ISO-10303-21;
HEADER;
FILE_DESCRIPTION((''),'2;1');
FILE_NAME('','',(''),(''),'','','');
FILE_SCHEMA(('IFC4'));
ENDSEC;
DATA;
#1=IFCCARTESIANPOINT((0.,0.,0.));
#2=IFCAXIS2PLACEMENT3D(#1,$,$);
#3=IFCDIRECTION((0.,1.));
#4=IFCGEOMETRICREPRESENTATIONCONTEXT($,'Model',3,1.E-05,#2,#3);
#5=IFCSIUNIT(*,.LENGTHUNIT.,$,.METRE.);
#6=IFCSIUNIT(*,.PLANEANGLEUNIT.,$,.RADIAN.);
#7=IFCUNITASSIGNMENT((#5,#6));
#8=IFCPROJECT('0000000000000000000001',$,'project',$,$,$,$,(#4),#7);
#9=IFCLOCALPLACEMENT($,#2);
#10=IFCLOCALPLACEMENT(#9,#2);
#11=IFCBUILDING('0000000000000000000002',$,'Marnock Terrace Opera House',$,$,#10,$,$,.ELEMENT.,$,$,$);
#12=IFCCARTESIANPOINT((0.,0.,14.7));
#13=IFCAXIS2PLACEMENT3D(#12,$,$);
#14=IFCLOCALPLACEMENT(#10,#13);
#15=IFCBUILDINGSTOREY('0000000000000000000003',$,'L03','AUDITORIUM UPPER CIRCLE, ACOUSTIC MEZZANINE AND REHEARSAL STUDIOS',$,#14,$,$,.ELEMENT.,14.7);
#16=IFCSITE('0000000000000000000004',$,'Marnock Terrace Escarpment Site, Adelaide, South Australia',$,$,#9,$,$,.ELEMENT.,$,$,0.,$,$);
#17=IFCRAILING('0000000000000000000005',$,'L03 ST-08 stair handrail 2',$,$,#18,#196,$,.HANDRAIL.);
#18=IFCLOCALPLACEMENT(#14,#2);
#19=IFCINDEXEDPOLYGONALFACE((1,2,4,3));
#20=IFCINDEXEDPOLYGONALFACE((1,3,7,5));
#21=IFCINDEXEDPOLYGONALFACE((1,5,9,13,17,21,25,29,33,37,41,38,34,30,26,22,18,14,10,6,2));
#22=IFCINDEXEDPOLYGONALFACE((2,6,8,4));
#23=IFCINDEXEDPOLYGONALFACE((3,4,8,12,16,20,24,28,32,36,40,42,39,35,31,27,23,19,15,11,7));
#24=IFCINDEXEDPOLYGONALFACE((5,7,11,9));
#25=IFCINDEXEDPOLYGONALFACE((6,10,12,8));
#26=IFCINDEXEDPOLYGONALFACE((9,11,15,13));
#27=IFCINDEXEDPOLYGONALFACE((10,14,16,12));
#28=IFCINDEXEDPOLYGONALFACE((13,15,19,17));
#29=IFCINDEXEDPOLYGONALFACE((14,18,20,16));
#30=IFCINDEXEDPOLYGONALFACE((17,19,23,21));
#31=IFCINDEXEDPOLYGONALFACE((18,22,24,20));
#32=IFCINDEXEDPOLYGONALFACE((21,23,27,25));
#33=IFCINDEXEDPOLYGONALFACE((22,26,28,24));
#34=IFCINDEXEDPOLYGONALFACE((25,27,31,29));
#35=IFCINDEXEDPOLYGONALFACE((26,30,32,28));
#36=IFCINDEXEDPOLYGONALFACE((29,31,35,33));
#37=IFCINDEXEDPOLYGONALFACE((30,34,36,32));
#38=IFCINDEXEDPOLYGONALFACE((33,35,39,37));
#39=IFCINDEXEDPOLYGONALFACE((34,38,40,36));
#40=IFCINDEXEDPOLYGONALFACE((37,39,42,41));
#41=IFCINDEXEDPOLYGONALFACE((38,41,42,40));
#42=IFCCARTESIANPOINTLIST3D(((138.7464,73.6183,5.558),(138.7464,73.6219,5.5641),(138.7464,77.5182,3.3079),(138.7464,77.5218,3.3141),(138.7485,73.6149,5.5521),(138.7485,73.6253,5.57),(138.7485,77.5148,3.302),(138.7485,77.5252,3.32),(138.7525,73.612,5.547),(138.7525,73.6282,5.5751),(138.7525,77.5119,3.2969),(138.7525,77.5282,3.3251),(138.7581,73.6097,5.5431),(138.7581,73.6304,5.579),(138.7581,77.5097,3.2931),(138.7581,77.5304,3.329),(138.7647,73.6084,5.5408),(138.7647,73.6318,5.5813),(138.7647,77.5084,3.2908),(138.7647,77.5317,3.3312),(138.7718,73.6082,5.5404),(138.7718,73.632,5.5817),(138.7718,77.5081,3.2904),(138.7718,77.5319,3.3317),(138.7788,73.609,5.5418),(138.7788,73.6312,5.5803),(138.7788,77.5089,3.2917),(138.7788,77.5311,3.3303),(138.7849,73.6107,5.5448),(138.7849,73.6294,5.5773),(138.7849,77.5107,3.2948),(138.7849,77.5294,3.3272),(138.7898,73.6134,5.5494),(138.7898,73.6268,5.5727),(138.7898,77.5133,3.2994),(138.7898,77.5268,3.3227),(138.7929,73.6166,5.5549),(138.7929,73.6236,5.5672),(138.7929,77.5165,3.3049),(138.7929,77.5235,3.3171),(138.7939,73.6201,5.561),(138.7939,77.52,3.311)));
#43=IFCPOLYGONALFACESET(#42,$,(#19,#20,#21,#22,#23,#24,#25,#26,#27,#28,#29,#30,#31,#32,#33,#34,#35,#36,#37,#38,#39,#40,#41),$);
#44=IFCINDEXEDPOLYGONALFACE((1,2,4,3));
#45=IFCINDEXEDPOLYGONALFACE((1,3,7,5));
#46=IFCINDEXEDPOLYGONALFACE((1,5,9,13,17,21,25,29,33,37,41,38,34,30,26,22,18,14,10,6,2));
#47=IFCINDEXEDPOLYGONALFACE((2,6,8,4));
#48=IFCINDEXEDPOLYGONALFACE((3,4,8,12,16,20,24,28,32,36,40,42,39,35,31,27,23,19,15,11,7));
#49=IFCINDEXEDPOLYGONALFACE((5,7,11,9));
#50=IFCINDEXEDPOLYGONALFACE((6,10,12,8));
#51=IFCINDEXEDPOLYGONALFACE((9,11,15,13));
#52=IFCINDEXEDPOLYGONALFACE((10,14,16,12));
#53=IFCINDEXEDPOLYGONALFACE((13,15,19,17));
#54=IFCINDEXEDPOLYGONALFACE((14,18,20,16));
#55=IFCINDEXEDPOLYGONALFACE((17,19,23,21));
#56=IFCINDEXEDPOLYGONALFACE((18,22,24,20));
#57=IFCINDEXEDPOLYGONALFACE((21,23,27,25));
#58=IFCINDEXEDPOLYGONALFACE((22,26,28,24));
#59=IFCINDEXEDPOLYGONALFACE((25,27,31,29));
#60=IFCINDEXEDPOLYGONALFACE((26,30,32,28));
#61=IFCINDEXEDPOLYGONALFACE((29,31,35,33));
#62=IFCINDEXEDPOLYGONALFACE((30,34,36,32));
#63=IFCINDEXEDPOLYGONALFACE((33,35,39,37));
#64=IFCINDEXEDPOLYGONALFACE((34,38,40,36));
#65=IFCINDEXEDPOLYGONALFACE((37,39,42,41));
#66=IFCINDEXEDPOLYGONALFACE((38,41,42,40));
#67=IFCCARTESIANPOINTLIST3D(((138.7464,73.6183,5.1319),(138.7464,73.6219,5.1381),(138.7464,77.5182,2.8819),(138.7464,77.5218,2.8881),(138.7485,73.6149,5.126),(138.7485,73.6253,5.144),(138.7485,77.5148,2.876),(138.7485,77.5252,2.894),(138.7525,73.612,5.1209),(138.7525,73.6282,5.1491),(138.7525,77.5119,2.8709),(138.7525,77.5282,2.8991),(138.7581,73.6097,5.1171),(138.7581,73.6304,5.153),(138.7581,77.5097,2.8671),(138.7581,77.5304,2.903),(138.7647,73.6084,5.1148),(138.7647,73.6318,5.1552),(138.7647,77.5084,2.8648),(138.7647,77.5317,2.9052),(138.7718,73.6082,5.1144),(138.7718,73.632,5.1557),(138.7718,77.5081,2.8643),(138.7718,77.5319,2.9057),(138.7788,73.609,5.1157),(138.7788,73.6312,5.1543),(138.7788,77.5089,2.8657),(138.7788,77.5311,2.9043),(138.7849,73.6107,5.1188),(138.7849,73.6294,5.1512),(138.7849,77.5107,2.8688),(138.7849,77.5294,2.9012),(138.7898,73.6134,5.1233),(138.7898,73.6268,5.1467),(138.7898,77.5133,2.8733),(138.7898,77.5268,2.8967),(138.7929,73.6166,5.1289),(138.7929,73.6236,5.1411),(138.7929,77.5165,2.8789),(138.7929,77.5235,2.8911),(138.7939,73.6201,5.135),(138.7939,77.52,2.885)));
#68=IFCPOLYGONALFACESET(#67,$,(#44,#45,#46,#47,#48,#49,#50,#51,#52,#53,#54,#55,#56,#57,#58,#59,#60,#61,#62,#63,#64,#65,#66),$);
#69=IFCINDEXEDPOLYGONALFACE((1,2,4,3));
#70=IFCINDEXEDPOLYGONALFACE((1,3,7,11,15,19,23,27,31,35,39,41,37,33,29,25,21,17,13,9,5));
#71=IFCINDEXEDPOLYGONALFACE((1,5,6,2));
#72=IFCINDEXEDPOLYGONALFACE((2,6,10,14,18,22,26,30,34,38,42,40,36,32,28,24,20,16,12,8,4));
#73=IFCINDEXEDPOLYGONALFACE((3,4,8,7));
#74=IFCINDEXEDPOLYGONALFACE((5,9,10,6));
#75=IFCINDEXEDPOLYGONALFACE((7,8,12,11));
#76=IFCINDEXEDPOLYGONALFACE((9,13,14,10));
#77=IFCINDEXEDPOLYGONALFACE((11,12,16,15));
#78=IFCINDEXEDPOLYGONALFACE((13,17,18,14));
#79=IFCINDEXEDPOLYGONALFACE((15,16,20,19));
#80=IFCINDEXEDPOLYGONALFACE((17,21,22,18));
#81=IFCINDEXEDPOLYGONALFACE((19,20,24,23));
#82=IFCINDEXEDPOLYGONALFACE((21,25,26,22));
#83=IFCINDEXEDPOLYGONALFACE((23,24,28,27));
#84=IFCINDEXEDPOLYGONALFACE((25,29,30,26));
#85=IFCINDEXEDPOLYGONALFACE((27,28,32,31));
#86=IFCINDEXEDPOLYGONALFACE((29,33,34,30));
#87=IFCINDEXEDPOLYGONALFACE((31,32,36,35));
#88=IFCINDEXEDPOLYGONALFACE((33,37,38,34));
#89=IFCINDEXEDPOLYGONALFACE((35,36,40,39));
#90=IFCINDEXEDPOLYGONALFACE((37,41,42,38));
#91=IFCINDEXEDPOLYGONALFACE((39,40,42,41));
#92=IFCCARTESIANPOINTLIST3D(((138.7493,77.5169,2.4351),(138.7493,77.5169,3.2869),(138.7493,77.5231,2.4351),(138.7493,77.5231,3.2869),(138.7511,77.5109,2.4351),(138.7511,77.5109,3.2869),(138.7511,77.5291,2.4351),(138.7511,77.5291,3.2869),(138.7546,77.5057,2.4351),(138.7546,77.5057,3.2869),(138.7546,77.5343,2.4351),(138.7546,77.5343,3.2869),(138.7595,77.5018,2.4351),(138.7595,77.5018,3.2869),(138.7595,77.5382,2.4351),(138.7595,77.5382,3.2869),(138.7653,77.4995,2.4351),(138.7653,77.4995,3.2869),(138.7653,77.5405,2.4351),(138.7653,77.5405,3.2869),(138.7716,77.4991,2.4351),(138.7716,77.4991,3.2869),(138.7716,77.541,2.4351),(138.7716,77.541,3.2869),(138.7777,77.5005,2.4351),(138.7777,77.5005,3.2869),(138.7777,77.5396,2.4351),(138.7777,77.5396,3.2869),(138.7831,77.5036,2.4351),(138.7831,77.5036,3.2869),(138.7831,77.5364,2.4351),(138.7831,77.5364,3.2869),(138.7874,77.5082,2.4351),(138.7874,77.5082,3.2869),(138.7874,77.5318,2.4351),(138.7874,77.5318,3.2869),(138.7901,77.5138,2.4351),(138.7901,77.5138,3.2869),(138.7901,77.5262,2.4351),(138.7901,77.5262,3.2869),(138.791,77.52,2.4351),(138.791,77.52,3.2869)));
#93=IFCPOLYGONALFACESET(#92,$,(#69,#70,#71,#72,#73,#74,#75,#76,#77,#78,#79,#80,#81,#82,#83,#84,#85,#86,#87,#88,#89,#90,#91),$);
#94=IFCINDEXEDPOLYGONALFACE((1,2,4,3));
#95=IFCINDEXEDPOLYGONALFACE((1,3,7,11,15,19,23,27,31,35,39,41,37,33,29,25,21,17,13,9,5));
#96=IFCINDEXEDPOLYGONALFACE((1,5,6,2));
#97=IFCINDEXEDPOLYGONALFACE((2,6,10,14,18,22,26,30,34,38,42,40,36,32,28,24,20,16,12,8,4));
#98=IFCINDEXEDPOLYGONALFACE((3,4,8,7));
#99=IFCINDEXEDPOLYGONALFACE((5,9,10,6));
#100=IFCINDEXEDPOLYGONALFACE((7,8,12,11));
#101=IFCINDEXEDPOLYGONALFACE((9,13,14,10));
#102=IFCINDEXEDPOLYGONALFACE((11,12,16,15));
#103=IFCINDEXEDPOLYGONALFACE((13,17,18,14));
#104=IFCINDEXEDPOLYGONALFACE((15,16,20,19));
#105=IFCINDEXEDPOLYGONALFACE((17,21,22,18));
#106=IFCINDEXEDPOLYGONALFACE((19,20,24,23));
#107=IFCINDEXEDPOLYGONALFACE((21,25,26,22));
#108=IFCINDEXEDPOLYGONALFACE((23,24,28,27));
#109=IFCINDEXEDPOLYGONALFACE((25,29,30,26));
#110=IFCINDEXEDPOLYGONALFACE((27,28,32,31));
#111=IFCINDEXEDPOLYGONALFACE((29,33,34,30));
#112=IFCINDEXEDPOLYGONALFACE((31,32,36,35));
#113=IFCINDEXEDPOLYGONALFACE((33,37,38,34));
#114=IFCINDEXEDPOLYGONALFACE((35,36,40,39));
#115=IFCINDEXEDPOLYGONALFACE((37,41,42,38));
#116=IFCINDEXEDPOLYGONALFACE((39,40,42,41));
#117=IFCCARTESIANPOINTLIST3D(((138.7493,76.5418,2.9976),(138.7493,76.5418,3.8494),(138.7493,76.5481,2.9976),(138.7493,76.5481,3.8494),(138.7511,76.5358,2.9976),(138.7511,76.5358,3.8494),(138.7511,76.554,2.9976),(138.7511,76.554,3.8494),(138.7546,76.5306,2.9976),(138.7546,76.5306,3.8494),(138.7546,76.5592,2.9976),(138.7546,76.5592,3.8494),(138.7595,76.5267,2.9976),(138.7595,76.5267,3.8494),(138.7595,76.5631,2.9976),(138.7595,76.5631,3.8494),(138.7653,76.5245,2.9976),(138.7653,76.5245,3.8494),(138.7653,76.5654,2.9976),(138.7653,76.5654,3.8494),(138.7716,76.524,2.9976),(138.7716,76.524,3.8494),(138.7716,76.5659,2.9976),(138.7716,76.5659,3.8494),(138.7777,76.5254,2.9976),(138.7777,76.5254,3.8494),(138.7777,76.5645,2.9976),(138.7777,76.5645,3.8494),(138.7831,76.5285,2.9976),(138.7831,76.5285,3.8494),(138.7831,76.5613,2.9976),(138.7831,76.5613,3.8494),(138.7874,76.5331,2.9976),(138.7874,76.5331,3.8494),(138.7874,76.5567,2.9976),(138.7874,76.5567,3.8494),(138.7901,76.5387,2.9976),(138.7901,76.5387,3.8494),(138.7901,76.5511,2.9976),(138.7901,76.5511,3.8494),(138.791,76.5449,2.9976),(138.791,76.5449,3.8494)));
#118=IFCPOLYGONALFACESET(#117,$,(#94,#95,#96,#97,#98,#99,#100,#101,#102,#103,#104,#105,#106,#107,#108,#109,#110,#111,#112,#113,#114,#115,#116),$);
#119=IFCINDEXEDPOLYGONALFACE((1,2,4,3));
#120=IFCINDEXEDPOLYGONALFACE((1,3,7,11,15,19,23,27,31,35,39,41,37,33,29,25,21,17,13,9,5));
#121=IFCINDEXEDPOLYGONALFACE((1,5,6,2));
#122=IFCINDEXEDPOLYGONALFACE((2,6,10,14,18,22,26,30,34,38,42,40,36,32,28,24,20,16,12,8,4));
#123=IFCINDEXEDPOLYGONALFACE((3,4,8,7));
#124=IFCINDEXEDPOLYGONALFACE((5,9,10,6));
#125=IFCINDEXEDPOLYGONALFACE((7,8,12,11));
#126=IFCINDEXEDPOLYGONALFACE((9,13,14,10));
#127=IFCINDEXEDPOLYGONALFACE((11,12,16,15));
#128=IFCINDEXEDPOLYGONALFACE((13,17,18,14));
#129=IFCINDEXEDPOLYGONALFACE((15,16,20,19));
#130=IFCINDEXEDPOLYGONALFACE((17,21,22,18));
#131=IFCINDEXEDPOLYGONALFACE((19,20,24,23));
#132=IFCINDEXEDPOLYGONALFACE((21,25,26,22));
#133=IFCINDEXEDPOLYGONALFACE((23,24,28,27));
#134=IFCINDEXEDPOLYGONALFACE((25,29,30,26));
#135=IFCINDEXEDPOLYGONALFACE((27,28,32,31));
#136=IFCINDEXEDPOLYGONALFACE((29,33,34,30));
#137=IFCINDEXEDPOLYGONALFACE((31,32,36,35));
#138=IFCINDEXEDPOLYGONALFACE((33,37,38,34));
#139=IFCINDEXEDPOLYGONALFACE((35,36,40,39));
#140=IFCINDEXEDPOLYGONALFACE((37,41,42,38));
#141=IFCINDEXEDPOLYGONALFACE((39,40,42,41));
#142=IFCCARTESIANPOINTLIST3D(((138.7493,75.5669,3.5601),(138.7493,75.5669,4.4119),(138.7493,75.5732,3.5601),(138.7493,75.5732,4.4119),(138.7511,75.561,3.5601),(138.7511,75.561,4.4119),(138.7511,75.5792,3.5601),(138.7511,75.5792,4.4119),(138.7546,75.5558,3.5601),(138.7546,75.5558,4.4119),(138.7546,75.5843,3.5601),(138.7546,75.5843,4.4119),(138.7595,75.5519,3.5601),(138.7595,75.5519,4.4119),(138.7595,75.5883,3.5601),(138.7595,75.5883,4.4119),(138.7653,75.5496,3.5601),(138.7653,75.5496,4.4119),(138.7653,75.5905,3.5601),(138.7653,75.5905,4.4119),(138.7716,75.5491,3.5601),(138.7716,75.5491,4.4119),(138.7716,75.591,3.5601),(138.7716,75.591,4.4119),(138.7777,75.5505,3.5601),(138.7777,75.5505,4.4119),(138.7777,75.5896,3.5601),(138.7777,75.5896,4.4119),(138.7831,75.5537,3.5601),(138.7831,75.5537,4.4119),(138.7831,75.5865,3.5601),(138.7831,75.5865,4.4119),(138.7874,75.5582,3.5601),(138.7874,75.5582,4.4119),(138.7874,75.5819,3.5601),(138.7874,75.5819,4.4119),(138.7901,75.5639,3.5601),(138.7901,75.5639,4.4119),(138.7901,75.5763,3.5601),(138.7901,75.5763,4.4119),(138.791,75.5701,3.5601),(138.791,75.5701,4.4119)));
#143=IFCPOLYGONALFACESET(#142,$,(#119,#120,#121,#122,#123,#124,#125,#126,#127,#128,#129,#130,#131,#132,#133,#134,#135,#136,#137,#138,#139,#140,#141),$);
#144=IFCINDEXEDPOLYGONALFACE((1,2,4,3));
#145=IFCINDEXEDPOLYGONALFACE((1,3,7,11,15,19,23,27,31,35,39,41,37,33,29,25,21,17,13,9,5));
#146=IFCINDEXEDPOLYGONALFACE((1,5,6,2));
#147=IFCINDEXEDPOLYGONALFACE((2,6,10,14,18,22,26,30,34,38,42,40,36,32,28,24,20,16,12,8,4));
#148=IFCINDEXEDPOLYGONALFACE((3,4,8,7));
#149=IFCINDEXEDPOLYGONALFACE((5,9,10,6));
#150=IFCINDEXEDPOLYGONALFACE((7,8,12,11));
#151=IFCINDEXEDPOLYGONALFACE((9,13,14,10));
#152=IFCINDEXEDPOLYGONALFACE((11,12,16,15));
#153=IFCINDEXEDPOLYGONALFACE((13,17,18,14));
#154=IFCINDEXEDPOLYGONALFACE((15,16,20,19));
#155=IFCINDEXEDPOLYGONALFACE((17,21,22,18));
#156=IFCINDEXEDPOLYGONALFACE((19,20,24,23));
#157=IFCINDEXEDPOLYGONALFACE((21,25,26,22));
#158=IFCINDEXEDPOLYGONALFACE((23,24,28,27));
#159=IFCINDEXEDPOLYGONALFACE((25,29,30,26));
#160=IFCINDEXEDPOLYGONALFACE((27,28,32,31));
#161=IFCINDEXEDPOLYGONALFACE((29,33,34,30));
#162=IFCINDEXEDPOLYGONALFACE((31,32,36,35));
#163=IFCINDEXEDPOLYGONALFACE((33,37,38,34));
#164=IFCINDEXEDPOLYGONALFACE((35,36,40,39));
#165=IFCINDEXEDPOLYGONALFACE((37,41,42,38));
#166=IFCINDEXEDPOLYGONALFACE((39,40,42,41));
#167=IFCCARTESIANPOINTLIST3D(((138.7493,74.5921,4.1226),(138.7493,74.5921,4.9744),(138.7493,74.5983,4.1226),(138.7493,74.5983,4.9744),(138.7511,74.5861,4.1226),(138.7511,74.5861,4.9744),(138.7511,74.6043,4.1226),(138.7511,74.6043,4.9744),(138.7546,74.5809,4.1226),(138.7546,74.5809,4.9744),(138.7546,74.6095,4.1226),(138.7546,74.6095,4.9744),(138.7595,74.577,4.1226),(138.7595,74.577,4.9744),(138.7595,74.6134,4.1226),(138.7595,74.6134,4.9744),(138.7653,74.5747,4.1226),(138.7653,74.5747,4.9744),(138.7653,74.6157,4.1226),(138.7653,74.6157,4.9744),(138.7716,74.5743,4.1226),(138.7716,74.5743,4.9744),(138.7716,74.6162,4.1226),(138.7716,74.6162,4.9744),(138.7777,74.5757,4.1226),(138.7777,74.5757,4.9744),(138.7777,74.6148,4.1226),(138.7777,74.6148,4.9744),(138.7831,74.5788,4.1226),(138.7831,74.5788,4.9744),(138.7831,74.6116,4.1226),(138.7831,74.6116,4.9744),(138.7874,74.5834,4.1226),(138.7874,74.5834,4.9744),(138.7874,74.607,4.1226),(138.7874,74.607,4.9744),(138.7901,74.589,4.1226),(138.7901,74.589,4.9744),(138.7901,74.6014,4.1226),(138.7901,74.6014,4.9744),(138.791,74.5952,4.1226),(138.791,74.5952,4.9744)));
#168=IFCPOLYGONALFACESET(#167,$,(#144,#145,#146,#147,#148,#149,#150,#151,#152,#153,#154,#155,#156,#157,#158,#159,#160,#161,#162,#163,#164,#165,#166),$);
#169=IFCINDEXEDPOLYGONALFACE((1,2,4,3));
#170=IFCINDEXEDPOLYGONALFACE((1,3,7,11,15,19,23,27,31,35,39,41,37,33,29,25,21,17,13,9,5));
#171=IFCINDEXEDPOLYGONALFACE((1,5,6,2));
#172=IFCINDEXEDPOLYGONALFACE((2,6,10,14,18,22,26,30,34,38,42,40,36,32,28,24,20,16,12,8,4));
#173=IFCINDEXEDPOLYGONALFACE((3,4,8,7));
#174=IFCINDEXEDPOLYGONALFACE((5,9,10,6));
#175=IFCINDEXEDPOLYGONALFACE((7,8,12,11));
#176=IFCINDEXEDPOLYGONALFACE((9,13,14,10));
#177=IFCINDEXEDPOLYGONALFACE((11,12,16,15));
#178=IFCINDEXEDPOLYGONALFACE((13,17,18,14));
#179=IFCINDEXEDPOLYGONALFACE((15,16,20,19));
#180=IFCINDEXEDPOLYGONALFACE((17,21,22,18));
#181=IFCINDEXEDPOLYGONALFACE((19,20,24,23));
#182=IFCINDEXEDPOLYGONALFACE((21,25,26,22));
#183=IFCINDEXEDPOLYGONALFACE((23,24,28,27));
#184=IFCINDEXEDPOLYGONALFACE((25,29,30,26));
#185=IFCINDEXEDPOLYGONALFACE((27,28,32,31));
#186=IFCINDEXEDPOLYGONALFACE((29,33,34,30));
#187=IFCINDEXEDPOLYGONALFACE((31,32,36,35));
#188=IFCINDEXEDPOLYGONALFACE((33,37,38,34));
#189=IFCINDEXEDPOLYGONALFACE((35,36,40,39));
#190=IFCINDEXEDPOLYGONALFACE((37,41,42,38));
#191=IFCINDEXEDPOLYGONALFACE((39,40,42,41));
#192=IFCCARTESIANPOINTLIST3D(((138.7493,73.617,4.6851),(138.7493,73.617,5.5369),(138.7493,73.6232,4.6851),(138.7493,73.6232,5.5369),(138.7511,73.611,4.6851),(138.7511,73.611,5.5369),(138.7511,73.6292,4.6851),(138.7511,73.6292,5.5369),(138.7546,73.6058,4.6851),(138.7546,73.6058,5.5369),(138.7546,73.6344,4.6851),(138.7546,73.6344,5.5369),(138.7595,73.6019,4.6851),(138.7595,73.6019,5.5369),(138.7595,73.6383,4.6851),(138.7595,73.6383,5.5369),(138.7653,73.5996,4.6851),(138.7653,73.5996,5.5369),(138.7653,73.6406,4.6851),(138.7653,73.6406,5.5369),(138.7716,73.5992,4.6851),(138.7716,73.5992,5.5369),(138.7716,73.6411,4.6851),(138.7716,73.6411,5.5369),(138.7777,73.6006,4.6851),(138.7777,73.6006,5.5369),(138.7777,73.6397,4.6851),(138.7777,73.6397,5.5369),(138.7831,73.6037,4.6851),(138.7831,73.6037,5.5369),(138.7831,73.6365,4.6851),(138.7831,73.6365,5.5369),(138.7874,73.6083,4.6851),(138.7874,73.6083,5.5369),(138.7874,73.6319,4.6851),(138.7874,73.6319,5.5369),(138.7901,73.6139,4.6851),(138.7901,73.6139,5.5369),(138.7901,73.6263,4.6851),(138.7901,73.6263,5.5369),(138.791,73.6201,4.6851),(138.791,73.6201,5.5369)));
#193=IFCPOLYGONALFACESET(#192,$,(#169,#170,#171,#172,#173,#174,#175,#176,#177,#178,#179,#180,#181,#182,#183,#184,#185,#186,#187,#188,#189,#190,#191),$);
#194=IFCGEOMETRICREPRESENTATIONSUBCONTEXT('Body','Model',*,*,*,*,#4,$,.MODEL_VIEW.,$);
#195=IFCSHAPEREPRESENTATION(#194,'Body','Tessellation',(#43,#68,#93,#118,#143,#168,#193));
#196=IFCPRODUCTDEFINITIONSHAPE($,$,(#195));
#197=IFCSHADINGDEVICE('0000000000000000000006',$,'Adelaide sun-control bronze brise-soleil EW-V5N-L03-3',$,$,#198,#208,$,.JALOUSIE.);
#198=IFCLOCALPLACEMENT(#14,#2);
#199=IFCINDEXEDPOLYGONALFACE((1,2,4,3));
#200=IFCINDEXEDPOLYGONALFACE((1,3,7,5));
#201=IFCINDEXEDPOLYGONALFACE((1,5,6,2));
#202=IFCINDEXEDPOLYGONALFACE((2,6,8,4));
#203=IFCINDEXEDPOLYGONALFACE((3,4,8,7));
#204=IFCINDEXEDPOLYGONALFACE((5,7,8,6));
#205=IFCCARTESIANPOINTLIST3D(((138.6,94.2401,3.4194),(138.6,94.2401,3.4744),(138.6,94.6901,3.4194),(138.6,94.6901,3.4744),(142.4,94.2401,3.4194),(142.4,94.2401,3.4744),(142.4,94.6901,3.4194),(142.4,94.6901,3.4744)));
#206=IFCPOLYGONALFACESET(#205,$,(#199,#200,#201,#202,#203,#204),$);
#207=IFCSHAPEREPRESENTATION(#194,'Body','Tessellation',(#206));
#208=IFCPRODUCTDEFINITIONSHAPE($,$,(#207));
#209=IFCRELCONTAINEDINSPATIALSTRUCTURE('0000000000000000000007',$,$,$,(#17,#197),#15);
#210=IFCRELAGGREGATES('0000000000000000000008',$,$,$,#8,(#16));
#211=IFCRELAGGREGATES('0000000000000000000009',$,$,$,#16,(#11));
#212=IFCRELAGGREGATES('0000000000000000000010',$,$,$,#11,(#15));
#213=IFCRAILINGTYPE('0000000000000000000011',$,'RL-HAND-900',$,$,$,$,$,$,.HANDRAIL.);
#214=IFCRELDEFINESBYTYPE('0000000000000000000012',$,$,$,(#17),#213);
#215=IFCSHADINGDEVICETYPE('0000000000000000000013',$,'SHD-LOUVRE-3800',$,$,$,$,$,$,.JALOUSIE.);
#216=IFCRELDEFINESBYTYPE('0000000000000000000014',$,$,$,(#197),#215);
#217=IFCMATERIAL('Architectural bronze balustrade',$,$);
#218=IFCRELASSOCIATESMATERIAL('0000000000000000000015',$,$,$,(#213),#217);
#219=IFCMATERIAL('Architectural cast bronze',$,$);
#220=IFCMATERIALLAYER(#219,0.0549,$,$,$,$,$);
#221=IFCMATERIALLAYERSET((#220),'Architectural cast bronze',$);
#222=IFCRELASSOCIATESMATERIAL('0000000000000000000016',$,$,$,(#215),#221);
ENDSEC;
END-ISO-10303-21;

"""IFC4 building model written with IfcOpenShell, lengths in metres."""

from ifc_helpers import new_model, si_unit, direction, frame, origin, origin_2d, place, context, subcontext, project, spatial, rectangle, circle, extrude, material, layer, layer_set, type_object, element, save


model = new_model("IFC4")

# Units and contexts
model_context = context("Model", 3, precision=1e-05, world=origin(), true_north=direction((0.0, 1.0)))
body_context = subcontext(model_context, "Body", "Model", "MODEL_VIEW")
ifc_project = project(units=[si_unit("LENGTHUNIT", "METRE"), si_unit("PLANEANGLEUNIT", "RADIAN")], contexts=[model_context])

# Site, building, storey
site_placement = place(None, origin())
site = spatial("IfcSite", under=ifc_project, at=site_placement, Name="Marnock Terrace Escarpment Site, Adelaide, South Australia", CompositionType="ELEMENT", RefElevation=0.0)
building_placement = place(site_placement, origin())
building = spatial("IfcBuilding", under=site, at=building_placement, Name="Marnock Terrace Opera House", CompositionType="ELEMENT")
storey_placement = place(building_placement, frame((0.0, 0.0, 14.7)))
storey = spatial("IfcBuildingStorey", under=building, at=storey_placement, Name="L03", Description="AUDITORIUM UPPER CIRCLE, ACOUSTIC MEZZANINE AND REHEARSAL STUDIOS", CompositionType="ELEMENT", Elevation=14.7)

# Railing
ifc_material_1 = material(Name="Architectural bronze balustrade")
railing_type_1 = type_object("IfcRailingType", Name="RL-HAND-900", PredefinedType="HANDRAIL", material=ifc_material_1)
railing_1_placement = place(storey_placement, frame((138.77, 77.52, 2.4351)))
element("IfcRailing", 1, at=railing_1_placement, inside=storey, type_object=railing_type_1, Name="L03 ST-08 stair handrail 2", PredefinedType="HANDRAIL", context=body_context, shape_type="SweptSolid", body=[
    extrude(circle(Radius=0.0239, at=origin_2d()), frame((0.0, 0.0, 0.876), z_axis=(0.0, -0.86618, 0.499732), x_axis=(1.0, 0.0, 0.0)), (0.0, 0.0, 1.0), 4.5024),
    extrude(circle(Radius=0.0239, at=origin_2d()), frame((0.0, 0.0, 0.45), z_axis=(0.0, -0.86618, 0.499732), x_axis=(1.0, 0.0, 0.0)), (0.0, 0.0, 1.0), 4.5024),
    extrude(circle(Radius=0.021, at=origin_2d()), origin(), (0.0, 0.0, 1.0), 0.8518),
    extrude(circle(Radius=0.021, at=origin_2d()), frame((0.0, -0.9751, 0.5625)), (0.0, 0.0, 1.0), 0.8518),
    extrude(circle(Radius=0.021, at=origin_2d()), frame((0.0, -1.95, 1.125)), (0.0, 0.0, 1.0), 0.8518),
    extrude(circle(Radius=0.021, at=origin_2d()), frame((0.0, -2.9248, 1.6875)), (0.0, 0.0, 1.0), 0.8518),
    extrude(circle(Radius=0.021, at=origin_2d()), frame((0.0, -3.8999, 2.25)), (0.0, 0.0, 1.0), 0.8518),
])

# Shading device
ifc_material_2 = material(Name="Architectural cast bronze")
ifc_layer_1 = layer(ifc_material_2, 0.0549)
ifc_layer_set_1 = layer_set([ifc_layer_1], Name="Architectural cast bronze")
shading_device_type = type_object("IfcShadingDeviceType", Name="SHD-LOUVRE-3800", PredefinedType="JALOUSIE", material=ifc_layer_set_1)
shading_device_placement = place(storey_placement, frame((140.5, 94.4651, 3.4194), z_axis=(0.0, 0.0, 1.0), x_axis=(1.0, 0.0, 0.0)))
element("IfcShadingDevice", 2, at=shading_device_placement, inside=storey, type_object=shading_device_type, Name="Adelaide sun-control bronze brise-soleil EW-V5N-L03-3", PredefinedType="JALOUSIE", context=body_context, shape_type="SweptSolid", body=[
    extrude(rectangle(XDim=3.8, YDim=0.45, at=origin_2d()), origin(), (0.0, 0.0, 1.0), 0.0549),
])

save(model, "model.ifc")
